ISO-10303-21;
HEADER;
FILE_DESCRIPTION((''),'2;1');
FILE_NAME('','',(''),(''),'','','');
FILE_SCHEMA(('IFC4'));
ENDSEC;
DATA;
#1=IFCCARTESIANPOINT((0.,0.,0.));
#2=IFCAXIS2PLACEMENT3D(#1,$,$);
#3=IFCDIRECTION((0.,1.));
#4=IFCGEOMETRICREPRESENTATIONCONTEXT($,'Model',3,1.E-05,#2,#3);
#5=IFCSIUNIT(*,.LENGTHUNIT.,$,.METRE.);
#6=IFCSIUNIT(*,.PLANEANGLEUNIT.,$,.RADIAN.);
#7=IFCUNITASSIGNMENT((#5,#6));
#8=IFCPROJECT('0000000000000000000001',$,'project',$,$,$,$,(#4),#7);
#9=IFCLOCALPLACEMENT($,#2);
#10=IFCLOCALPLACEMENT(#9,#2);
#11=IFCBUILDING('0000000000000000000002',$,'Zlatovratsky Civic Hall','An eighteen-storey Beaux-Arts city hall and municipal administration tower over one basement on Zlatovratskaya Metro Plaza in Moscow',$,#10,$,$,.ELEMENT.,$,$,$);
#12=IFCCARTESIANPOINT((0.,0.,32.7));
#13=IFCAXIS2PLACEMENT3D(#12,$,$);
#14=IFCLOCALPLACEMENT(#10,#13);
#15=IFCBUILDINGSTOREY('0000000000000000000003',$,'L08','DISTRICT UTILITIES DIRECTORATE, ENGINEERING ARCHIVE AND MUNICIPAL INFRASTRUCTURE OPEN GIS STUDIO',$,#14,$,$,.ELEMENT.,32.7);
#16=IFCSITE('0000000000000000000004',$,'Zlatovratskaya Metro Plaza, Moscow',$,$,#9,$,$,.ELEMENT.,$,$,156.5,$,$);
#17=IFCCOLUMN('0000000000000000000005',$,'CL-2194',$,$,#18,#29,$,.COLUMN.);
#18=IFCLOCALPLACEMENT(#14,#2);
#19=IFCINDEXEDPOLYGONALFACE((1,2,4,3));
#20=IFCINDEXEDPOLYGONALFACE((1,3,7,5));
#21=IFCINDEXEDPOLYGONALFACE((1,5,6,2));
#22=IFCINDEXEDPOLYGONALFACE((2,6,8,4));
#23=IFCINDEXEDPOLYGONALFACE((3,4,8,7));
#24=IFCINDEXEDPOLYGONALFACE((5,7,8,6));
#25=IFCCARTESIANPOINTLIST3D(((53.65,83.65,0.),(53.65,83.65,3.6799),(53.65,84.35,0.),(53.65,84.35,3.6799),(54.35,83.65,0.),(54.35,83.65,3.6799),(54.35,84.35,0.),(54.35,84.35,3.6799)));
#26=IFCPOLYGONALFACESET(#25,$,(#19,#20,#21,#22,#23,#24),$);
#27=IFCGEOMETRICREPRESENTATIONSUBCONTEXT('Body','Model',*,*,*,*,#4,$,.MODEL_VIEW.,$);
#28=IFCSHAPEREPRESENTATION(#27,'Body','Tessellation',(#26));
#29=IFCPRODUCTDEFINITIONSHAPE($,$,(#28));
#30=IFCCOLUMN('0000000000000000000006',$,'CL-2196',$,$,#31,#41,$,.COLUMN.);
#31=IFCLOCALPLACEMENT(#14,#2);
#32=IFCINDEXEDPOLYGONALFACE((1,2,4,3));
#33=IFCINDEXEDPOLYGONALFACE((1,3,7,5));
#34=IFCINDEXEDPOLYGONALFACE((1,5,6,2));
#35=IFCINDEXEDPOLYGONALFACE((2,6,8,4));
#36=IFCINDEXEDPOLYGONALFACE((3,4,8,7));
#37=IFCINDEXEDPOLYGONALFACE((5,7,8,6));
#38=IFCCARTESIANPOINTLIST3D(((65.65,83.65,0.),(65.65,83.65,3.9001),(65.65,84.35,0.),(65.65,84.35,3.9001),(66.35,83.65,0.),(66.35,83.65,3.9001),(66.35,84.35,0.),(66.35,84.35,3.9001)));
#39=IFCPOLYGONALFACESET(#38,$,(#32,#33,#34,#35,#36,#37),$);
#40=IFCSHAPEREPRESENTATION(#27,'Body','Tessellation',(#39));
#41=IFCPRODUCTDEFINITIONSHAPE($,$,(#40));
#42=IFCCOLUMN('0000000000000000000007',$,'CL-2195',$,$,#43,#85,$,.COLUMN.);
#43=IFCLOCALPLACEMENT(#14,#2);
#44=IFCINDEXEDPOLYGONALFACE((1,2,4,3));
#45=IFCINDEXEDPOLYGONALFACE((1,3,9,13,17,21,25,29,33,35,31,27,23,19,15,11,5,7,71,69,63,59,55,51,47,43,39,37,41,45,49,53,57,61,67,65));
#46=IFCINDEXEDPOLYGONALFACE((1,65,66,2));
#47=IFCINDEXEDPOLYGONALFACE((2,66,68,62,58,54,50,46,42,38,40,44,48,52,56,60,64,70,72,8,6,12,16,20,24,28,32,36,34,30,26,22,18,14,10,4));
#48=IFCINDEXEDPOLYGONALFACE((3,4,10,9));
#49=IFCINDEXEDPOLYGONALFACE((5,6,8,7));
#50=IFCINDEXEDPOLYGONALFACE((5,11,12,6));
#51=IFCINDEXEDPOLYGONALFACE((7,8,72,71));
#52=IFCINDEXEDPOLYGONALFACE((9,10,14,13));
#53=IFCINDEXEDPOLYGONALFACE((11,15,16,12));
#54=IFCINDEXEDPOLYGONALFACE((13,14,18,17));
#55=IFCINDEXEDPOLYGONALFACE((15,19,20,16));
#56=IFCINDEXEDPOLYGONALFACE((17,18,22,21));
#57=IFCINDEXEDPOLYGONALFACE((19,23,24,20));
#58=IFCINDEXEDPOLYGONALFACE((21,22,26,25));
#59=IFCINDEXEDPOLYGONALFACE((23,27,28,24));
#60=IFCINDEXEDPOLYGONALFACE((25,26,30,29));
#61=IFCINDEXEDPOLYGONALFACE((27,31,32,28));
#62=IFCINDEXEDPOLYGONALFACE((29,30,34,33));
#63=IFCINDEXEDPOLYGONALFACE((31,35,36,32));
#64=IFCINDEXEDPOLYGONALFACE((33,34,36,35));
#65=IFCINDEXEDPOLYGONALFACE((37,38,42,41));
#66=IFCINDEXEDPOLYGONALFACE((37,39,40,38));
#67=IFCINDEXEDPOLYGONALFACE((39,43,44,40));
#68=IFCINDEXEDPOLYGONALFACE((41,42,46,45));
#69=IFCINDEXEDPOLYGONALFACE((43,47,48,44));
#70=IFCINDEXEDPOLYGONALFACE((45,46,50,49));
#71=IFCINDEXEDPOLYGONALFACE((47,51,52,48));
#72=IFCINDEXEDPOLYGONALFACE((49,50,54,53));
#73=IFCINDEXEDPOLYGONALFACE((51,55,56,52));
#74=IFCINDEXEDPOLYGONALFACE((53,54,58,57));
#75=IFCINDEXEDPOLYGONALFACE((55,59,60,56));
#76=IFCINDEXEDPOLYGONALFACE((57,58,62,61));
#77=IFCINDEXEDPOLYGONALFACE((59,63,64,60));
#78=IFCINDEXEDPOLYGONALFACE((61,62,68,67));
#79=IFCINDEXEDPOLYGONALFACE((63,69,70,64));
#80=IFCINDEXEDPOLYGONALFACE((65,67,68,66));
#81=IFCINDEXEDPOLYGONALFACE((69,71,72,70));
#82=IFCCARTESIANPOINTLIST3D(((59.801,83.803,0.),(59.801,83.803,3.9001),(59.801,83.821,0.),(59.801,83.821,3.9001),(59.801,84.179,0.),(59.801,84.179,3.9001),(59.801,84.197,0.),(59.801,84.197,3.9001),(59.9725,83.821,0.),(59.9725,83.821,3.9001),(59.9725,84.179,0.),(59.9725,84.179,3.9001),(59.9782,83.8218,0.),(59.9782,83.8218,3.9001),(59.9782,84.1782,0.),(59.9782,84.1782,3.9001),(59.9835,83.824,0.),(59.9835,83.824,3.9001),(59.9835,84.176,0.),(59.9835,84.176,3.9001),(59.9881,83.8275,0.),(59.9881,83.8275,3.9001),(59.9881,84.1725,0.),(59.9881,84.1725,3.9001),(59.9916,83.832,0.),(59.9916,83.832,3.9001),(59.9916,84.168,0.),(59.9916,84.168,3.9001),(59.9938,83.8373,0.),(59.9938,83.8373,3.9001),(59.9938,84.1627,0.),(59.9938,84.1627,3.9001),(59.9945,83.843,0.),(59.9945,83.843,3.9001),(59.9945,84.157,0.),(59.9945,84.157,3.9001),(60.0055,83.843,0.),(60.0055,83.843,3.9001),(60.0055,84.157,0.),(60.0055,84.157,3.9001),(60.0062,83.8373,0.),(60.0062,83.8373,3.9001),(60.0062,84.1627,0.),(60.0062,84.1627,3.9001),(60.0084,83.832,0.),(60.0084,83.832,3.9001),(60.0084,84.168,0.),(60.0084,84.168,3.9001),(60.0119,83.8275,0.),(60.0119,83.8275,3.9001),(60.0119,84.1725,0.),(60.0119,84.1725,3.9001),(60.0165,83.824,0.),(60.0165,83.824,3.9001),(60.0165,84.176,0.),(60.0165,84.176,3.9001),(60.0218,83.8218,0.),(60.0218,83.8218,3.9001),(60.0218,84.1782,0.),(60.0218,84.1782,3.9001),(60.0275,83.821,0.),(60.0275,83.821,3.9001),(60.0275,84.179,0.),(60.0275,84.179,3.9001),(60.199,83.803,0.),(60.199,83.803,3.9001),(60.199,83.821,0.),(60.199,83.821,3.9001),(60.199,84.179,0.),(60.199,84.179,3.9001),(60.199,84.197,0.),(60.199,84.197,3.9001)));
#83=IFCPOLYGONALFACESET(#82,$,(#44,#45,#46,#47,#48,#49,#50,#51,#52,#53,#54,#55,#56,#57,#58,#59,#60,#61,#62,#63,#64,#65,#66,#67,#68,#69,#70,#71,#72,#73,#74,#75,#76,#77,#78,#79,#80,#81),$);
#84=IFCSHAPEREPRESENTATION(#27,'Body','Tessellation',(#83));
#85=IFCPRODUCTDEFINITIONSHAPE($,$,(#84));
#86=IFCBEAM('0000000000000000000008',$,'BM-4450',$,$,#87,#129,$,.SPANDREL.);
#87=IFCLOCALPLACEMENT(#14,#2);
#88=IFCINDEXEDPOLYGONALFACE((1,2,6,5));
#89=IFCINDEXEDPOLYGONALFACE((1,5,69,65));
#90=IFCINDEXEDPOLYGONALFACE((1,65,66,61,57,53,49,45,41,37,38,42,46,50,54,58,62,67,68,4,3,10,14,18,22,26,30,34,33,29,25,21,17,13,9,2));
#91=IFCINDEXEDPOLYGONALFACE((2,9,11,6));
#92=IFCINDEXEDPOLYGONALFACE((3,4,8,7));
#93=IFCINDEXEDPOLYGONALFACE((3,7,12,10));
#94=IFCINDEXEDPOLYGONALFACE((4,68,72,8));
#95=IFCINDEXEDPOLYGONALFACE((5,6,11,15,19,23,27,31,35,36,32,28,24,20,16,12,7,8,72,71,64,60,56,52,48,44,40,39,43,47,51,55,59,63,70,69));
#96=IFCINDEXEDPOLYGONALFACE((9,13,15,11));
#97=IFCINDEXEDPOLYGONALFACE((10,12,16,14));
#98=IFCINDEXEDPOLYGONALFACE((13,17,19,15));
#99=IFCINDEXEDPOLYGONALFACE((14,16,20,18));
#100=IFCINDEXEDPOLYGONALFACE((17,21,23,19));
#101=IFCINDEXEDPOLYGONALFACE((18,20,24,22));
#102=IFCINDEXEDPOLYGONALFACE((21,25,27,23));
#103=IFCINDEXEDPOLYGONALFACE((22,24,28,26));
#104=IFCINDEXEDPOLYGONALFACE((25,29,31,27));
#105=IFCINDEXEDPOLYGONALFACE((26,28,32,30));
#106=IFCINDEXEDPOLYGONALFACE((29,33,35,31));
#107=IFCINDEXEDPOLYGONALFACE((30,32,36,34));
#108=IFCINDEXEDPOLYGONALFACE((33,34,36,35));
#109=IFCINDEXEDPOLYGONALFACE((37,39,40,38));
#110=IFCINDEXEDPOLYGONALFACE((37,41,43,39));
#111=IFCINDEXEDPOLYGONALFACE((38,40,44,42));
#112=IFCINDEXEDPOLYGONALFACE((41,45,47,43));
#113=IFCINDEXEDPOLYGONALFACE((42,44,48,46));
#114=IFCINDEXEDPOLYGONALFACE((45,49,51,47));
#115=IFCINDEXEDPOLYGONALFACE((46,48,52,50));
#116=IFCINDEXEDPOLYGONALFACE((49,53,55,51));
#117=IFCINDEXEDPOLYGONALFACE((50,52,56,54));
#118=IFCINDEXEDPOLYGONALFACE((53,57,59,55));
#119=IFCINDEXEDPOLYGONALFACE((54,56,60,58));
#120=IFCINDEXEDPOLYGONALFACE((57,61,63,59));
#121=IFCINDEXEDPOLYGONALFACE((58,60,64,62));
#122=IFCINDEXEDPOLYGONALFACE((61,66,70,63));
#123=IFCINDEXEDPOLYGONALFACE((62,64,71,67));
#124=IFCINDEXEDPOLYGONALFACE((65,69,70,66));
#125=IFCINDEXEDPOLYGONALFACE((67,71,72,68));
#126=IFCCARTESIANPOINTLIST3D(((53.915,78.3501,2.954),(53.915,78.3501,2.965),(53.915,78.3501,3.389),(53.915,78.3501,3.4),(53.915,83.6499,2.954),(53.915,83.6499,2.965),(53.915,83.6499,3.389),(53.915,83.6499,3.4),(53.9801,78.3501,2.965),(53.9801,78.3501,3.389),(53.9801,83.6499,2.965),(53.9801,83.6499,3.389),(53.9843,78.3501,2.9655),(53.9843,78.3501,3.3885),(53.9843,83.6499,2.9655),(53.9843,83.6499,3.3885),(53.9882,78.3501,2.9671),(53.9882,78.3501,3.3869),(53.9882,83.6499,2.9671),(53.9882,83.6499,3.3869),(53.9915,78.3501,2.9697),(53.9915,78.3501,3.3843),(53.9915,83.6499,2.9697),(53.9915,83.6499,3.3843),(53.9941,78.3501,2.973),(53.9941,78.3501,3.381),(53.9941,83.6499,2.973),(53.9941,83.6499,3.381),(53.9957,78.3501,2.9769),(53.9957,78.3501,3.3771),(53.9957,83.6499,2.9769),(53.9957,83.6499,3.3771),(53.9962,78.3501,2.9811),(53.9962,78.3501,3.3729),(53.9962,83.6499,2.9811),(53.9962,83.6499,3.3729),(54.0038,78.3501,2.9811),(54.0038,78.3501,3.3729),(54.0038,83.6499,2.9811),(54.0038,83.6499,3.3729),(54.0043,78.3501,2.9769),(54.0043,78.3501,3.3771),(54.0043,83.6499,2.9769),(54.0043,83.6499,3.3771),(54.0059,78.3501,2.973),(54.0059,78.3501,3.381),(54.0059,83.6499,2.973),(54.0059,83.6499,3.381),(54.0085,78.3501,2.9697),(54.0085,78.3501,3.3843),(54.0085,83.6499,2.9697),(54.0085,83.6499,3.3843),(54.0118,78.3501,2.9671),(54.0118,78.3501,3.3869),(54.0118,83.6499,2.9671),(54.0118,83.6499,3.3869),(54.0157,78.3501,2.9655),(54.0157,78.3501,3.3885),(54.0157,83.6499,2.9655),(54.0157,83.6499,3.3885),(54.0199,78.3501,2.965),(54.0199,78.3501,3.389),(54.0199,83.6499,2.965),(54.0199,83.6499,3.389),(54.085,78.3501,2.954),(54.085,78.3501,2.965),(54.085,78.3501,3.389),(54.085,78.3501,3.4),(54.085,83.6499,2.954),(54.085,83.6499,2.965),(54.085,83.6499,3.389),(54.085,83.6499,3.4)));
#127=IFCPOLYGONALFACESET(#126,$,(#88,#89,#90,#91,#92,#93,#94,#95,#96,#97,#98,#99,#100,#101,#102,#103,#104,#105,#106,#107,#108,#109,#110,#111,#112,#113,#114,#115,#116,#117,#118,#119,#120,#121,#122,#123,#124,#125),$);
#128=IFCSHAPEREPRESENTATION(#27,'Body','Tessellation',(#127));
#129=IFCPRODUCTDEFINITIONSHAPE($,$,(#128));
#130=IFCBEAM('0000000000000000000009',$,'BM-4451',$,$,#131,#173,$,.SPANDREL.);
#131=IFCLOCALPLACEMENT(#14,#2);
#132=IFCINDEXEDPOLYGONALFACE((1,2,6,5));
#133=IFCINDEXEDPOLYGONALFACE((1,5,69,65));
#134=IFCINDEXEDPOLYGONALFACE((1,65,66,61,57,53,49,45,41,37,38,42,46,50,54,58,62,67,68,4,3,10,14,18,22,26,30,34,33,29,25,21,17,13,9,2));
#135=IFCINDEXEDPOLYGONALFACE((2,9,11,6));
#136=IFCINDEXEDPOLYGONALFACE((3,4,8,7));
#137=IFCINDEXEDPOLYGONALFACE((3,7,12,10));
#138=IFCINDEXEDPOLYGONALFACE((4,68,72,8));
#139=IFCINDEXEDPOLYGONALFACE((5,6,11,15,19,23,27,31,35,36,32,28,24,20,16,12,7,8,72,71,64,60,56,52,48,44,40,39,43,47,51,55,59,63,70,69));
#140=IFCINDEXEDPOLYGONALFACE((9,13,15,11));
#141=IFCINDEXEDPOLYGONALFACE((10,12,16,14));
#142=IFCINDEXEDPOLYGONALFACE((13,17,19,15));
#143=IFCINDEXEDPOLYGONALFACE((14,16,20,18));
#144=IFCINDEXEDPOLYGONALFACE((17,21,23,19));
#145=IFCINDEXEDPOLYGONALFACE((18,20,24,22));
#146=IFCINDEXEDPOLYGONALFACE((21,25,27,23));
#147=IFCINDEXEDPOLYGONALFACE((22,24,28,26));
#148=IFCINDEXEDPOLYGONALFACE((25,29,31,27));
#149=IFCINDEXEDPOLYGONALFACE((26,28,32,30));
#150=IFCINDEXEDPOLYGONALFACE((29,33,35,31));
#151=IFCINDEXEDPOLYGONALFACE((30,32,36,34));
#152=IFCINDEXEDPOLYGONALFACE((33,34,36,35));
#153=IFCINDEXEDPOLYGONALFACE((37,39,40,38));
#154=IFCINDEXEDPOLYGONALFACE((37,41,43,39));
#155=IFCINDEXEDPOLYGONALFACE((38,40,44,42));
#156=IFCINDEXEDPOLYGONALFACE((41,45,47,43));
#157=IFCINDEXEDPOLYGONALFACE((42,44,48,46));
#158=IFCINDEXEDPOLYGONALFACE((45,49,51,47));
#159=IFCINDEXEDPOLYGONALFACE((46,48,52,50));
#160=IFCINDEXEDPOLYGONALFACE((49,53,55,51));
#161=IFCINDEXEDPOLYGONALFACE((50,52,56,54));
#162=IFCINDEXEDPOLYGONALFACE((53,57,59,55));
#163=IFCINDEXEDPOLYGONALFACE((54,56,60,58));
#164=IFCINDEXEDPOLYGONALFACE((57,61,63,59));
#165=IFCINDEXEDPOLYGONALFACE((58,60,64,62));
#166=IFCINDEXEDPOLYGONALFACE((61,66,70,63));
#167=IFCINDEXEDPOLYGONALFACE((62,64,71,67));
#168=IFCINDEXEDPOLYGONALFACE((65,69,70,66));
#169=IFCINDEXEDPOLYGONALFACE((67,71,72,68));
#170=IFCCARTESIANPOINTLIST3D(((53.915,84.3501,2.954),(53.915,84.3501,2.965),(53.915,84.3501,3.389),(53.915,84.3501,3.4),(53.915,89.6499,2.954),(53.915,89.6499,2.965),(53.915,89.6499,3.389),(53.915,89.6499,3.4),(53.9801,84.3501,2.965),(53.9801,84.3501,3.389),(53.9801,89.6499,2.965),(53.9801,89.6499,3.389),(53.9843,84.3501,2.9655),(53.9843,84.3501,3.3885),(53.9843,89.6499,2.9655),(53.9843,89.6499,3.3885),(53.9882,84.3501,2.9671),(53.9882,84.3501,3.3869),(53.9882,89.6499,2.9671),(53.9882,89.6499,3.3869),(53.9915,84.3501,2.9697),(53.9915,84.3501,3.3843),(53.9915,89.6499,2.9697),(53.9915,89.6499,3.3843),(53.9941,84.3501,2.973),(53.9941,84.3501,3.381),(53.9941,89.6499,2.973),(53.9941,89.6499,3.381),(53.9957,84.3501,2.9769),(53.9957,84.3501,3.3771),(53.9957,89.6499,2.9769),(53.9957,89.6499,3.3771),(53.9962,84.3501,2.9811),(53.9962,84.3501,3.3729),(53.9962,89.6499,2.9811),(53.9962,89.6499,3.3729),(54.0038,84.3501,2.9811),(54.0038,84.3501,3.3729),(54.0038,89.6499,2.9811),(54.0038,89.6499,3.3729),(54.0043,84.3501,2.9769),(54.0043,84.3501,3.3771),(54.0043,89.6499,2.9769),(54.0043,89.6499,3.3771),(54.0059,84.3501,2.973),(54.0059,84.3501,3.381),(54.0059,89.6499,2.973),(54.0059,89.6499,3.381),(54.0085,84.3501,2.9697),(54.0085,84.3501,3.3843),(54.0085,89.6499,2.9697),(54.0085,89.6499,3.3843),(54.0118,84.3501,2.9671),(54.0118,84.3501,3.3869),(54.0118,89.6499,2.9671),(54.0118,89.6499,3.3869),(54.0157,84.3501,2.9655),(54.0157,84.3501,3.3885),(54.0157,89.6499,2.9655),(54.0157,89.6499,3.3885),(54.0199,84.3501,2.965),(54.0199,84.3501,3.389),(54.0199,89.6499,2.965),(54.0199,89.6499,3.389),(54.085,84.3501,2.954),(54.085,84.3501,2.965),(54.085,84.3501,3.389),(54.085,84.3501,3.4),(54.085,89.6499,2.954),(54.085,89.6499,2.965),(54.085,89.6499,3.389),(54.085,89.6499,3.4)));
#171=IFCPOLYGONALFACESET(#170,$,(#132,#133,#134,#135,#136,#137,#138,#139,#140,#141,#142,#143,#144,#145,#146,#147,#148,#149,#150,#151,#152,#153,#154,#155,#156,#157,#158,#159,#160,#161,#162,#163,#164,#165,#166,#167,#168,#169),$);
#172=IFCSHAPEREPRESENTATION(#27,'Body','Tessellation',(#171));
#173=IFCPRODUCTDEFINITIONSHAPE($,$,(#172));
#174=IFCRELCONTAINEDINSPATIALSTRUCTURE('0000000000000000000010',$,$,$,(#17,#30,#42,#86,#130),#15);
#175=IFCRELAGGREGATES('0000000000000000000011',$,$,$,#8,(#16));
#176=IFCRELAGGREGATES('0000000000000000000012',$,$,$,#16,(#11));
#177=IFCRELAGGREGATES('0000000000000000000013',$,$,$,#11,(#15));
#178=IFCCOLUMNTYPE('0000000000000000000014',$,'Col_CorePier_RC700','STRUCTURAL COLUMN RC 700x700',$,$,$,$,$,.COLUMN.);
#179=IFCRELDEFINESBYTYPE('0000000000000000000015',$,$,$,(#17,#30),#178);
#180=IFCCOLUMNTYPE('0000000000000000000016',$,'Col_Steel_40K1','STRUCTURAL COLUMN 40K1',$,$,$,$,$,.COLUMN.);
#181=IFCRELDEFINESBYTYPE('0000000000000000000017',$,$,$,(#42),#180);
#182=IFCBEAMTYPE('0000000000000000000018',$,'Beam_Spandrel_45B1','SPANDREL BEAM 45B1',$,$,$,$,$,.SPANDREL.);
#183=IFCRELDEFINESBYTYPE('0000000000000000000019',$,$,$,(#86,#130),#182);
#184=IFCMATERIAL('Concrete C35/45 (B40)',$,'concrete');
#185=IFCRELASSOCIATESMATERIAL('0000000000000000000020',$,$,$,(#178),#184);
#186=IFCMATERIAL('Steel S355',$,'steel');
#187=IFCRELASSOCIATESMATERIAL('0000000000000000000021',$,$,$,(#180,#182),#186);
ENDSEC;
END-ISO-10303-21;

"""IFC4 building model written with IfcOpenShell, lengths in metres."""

from ifc_helpers import new_model, si_unit, direction, frame, origin, origin_2d, place, context, subcontext, project, spatial, rectangle, i_section, extrude, material, material_profile, profile_set, type_object, element, save


model = new_model("IFC4")

# Units and contexts
model_context = context("Model", 3, precision=1e-05, world=origin(), true_north=direction((0.0, 1.0)))
body_context = subcontext(model_context, "Body", "Model", "MODEL_VIEW")
ifc_project = project(units=[si_unit("LENGTHUNIT", "METRE"), si_unit("PLANEANGLEUNIT", "RADIAN")], contexts=[model_context])

# Site, building, storey
site_placement = place(None, origin())
site = spatial("IfcSite", under=ifc_project, at=site_placement, Name="Zlatovratskaya Metro Plaza, Moscow", CompositionType="ELEMENT", RefElevation=156.5)
building_placement = place(site_placement, origin())
building = spatial("IfcBuilding", under=site, at=building_placement, Name="Zlatovratsky Civic Hall", Description="An eighteen-storey Beaux-Arts city hall and municipal administration tower over one basement on Zlatovratskaya Metro Plaza in Moscow", CompositionType="ELEMENT")
storey_placement = place(building_placement, frame((0.0, 0.0, 32.7)))
storey = spatial("IfcBuildingStorey", under=building, at=storey_placement, Name="L08", Description="DISTRICT UTILITIES DIRECTORATE, ENGINEERING ARCHIVE AND MUNICIPAL INFRASTRUCTURE OPEN GIS STUDIO", CompositionType="ELEMENT", Elevation=32.7)

# Columns
ifc_material_1 = material(Name="Concrete C35/45 (B40)", Category="concrete")
ifc_material_profile_1 = material_profile(ifc_material_1, rectangle(XDim=0.7, YDim=0.7, at=origin_2d()), Name="RC 700x700")
ifc_profile_set_1 = profile_set([ifc_material_profile_1], Name="Concrete C35/45 (B40)")
column_type_1 = type_object("IfcColumnType", Name="Col_CorePier_RC700", Description="STRUCTURAL COLUMN RC 700x700", PredefinedType="COLUMN", material=ifc_profile_set_1)
column_1_placement = place(storey_placement, frame((54.0, 84.0, 0.0), z_axis=(0.0, 0.0, 1.0), x_axis=(1.0, 0.0, 0.0)))
element("IfcColumn", 1, at=column_1_placement, inside=storey, type_object=column_type_1, Name="CL-2194", PredefinedType="COLUMN", context=body_context, shape_type="SweptSolid", body=[
    extrude(rectangle(XDim=0.7, YDim=0.7, at=origin_2d()), origin(), (0.0, 0.0, 1.0), 3.6799),
])
column_2_placement = place(storey_placement, frame((66.0, 84.0, 0.0), z_axis=(0.0, 0.0, 1.0), x_axis=(1.0, 0.0, 0.0)))
element("IfcColumn", 2, at=column_2_placement, inside=storey, type_object=column_type_1, Name="CL-2196", PredefinedType="COLUMN", context=body_context, shape_type="SweptSolid", body=[
    extrude(rectangle(XDim=0.7, YDim=0.7, at=origin_2d()), origin(), (0.0, 0.0, 1.0), 3.9001),
])
ifc_material_2 = material(Name="Steel S355", Category="steel")
ifc_material_profile_2 = material_profile(ifc_material_2, i_section(OverallWidth=0.3979, OverallDepth=0.394, WebThickness=0.011, FlangeThickness=0.0181, FilletRadius=0.022, at=origin_2d()), Name="40K1")
ifc_profile_set_2 = profile_set([ifc_material_profile_2], Name="Steel S355")
column_type_2 = type_object("IfcColumnType", Name="Col_Steel_40K1", Description="STRUCTURAL COLUMN 40K1", PredefinedType="COLUMN", material=ifc_profile_set_2)
column_3_placement = place(storey_placement, frame((60.0, 84.0, 0.0), z_axis=(0.0, 0.0, 1.0), x_axis=(1.0, 0.0, 0.0)))
element("IfcColumn", 3, at=column_3_placement, inside=storey, type_object=column_type_2, Name="CL-2195", PredefinedType="COLUMN", context=body_context, shape_type="SweptSolid", body=[
    extrude(i_section(OverallWidth=0.3979, OverallDepth=0.394, WebThickness=0.011, FlangeThickness=0.0181, FilletRadius=0.022, at=origin_2d()), origin(), (0.0, 0.0, 1.0), 3.9001),
])

# Beams
ifc_material_profile_3 = material_profile(ifc_material_2, i_section(OverallWidth=0.1699, OverallDepth=0.446, WebThickness=0.0076, FlangeThickness=0.011, FilletRadius=0.0161, at=origin_2d()), Name="45B1")
ifc_profile_set_3 = profile_set([ifc_material_profile_3], Name="Steel S355")
beam_type_1 = type_object("IfcBeamType", Name="Beam_Spandrel_45B1", Description="SPANDREL BEAM 45B1", PredefinedType="SPANDREL", material=ifc_profile_set_3)
for number, where, z_axis, x_axis, name in (
    (4, (54.0, 78.3501, 3.177), (0.0, 1.0, 0.0), (-1.0, 0.0, 0.0), "BM-4450"),
    (5, (54.0, 84.3501, 3.177), (0.0, 1.0, 0.0), (-1.0, 0.0, 0.0), "BM-4451"),
):
    element("IfcBeam", number, at=place(storey_placement, frame(where, z_axis=z_axis, x_axis=x_axis)), inside=storey, type_object=beam_type_1, Name=name, PredefinedType="SPANDREL", context=body_context, shape_type="SweptSolid", body=[
        extrude(i_section(OverallWidth=0.1699, OverallDepth=0.446, WebThickness=0.0076, FlangeThickness=0.011, FilletRadius=0.0161, at=origin_2d()), origin(), (0.0, 0.0, 1.0), 5.2998),
    ])

save(model, "model.ifc")
